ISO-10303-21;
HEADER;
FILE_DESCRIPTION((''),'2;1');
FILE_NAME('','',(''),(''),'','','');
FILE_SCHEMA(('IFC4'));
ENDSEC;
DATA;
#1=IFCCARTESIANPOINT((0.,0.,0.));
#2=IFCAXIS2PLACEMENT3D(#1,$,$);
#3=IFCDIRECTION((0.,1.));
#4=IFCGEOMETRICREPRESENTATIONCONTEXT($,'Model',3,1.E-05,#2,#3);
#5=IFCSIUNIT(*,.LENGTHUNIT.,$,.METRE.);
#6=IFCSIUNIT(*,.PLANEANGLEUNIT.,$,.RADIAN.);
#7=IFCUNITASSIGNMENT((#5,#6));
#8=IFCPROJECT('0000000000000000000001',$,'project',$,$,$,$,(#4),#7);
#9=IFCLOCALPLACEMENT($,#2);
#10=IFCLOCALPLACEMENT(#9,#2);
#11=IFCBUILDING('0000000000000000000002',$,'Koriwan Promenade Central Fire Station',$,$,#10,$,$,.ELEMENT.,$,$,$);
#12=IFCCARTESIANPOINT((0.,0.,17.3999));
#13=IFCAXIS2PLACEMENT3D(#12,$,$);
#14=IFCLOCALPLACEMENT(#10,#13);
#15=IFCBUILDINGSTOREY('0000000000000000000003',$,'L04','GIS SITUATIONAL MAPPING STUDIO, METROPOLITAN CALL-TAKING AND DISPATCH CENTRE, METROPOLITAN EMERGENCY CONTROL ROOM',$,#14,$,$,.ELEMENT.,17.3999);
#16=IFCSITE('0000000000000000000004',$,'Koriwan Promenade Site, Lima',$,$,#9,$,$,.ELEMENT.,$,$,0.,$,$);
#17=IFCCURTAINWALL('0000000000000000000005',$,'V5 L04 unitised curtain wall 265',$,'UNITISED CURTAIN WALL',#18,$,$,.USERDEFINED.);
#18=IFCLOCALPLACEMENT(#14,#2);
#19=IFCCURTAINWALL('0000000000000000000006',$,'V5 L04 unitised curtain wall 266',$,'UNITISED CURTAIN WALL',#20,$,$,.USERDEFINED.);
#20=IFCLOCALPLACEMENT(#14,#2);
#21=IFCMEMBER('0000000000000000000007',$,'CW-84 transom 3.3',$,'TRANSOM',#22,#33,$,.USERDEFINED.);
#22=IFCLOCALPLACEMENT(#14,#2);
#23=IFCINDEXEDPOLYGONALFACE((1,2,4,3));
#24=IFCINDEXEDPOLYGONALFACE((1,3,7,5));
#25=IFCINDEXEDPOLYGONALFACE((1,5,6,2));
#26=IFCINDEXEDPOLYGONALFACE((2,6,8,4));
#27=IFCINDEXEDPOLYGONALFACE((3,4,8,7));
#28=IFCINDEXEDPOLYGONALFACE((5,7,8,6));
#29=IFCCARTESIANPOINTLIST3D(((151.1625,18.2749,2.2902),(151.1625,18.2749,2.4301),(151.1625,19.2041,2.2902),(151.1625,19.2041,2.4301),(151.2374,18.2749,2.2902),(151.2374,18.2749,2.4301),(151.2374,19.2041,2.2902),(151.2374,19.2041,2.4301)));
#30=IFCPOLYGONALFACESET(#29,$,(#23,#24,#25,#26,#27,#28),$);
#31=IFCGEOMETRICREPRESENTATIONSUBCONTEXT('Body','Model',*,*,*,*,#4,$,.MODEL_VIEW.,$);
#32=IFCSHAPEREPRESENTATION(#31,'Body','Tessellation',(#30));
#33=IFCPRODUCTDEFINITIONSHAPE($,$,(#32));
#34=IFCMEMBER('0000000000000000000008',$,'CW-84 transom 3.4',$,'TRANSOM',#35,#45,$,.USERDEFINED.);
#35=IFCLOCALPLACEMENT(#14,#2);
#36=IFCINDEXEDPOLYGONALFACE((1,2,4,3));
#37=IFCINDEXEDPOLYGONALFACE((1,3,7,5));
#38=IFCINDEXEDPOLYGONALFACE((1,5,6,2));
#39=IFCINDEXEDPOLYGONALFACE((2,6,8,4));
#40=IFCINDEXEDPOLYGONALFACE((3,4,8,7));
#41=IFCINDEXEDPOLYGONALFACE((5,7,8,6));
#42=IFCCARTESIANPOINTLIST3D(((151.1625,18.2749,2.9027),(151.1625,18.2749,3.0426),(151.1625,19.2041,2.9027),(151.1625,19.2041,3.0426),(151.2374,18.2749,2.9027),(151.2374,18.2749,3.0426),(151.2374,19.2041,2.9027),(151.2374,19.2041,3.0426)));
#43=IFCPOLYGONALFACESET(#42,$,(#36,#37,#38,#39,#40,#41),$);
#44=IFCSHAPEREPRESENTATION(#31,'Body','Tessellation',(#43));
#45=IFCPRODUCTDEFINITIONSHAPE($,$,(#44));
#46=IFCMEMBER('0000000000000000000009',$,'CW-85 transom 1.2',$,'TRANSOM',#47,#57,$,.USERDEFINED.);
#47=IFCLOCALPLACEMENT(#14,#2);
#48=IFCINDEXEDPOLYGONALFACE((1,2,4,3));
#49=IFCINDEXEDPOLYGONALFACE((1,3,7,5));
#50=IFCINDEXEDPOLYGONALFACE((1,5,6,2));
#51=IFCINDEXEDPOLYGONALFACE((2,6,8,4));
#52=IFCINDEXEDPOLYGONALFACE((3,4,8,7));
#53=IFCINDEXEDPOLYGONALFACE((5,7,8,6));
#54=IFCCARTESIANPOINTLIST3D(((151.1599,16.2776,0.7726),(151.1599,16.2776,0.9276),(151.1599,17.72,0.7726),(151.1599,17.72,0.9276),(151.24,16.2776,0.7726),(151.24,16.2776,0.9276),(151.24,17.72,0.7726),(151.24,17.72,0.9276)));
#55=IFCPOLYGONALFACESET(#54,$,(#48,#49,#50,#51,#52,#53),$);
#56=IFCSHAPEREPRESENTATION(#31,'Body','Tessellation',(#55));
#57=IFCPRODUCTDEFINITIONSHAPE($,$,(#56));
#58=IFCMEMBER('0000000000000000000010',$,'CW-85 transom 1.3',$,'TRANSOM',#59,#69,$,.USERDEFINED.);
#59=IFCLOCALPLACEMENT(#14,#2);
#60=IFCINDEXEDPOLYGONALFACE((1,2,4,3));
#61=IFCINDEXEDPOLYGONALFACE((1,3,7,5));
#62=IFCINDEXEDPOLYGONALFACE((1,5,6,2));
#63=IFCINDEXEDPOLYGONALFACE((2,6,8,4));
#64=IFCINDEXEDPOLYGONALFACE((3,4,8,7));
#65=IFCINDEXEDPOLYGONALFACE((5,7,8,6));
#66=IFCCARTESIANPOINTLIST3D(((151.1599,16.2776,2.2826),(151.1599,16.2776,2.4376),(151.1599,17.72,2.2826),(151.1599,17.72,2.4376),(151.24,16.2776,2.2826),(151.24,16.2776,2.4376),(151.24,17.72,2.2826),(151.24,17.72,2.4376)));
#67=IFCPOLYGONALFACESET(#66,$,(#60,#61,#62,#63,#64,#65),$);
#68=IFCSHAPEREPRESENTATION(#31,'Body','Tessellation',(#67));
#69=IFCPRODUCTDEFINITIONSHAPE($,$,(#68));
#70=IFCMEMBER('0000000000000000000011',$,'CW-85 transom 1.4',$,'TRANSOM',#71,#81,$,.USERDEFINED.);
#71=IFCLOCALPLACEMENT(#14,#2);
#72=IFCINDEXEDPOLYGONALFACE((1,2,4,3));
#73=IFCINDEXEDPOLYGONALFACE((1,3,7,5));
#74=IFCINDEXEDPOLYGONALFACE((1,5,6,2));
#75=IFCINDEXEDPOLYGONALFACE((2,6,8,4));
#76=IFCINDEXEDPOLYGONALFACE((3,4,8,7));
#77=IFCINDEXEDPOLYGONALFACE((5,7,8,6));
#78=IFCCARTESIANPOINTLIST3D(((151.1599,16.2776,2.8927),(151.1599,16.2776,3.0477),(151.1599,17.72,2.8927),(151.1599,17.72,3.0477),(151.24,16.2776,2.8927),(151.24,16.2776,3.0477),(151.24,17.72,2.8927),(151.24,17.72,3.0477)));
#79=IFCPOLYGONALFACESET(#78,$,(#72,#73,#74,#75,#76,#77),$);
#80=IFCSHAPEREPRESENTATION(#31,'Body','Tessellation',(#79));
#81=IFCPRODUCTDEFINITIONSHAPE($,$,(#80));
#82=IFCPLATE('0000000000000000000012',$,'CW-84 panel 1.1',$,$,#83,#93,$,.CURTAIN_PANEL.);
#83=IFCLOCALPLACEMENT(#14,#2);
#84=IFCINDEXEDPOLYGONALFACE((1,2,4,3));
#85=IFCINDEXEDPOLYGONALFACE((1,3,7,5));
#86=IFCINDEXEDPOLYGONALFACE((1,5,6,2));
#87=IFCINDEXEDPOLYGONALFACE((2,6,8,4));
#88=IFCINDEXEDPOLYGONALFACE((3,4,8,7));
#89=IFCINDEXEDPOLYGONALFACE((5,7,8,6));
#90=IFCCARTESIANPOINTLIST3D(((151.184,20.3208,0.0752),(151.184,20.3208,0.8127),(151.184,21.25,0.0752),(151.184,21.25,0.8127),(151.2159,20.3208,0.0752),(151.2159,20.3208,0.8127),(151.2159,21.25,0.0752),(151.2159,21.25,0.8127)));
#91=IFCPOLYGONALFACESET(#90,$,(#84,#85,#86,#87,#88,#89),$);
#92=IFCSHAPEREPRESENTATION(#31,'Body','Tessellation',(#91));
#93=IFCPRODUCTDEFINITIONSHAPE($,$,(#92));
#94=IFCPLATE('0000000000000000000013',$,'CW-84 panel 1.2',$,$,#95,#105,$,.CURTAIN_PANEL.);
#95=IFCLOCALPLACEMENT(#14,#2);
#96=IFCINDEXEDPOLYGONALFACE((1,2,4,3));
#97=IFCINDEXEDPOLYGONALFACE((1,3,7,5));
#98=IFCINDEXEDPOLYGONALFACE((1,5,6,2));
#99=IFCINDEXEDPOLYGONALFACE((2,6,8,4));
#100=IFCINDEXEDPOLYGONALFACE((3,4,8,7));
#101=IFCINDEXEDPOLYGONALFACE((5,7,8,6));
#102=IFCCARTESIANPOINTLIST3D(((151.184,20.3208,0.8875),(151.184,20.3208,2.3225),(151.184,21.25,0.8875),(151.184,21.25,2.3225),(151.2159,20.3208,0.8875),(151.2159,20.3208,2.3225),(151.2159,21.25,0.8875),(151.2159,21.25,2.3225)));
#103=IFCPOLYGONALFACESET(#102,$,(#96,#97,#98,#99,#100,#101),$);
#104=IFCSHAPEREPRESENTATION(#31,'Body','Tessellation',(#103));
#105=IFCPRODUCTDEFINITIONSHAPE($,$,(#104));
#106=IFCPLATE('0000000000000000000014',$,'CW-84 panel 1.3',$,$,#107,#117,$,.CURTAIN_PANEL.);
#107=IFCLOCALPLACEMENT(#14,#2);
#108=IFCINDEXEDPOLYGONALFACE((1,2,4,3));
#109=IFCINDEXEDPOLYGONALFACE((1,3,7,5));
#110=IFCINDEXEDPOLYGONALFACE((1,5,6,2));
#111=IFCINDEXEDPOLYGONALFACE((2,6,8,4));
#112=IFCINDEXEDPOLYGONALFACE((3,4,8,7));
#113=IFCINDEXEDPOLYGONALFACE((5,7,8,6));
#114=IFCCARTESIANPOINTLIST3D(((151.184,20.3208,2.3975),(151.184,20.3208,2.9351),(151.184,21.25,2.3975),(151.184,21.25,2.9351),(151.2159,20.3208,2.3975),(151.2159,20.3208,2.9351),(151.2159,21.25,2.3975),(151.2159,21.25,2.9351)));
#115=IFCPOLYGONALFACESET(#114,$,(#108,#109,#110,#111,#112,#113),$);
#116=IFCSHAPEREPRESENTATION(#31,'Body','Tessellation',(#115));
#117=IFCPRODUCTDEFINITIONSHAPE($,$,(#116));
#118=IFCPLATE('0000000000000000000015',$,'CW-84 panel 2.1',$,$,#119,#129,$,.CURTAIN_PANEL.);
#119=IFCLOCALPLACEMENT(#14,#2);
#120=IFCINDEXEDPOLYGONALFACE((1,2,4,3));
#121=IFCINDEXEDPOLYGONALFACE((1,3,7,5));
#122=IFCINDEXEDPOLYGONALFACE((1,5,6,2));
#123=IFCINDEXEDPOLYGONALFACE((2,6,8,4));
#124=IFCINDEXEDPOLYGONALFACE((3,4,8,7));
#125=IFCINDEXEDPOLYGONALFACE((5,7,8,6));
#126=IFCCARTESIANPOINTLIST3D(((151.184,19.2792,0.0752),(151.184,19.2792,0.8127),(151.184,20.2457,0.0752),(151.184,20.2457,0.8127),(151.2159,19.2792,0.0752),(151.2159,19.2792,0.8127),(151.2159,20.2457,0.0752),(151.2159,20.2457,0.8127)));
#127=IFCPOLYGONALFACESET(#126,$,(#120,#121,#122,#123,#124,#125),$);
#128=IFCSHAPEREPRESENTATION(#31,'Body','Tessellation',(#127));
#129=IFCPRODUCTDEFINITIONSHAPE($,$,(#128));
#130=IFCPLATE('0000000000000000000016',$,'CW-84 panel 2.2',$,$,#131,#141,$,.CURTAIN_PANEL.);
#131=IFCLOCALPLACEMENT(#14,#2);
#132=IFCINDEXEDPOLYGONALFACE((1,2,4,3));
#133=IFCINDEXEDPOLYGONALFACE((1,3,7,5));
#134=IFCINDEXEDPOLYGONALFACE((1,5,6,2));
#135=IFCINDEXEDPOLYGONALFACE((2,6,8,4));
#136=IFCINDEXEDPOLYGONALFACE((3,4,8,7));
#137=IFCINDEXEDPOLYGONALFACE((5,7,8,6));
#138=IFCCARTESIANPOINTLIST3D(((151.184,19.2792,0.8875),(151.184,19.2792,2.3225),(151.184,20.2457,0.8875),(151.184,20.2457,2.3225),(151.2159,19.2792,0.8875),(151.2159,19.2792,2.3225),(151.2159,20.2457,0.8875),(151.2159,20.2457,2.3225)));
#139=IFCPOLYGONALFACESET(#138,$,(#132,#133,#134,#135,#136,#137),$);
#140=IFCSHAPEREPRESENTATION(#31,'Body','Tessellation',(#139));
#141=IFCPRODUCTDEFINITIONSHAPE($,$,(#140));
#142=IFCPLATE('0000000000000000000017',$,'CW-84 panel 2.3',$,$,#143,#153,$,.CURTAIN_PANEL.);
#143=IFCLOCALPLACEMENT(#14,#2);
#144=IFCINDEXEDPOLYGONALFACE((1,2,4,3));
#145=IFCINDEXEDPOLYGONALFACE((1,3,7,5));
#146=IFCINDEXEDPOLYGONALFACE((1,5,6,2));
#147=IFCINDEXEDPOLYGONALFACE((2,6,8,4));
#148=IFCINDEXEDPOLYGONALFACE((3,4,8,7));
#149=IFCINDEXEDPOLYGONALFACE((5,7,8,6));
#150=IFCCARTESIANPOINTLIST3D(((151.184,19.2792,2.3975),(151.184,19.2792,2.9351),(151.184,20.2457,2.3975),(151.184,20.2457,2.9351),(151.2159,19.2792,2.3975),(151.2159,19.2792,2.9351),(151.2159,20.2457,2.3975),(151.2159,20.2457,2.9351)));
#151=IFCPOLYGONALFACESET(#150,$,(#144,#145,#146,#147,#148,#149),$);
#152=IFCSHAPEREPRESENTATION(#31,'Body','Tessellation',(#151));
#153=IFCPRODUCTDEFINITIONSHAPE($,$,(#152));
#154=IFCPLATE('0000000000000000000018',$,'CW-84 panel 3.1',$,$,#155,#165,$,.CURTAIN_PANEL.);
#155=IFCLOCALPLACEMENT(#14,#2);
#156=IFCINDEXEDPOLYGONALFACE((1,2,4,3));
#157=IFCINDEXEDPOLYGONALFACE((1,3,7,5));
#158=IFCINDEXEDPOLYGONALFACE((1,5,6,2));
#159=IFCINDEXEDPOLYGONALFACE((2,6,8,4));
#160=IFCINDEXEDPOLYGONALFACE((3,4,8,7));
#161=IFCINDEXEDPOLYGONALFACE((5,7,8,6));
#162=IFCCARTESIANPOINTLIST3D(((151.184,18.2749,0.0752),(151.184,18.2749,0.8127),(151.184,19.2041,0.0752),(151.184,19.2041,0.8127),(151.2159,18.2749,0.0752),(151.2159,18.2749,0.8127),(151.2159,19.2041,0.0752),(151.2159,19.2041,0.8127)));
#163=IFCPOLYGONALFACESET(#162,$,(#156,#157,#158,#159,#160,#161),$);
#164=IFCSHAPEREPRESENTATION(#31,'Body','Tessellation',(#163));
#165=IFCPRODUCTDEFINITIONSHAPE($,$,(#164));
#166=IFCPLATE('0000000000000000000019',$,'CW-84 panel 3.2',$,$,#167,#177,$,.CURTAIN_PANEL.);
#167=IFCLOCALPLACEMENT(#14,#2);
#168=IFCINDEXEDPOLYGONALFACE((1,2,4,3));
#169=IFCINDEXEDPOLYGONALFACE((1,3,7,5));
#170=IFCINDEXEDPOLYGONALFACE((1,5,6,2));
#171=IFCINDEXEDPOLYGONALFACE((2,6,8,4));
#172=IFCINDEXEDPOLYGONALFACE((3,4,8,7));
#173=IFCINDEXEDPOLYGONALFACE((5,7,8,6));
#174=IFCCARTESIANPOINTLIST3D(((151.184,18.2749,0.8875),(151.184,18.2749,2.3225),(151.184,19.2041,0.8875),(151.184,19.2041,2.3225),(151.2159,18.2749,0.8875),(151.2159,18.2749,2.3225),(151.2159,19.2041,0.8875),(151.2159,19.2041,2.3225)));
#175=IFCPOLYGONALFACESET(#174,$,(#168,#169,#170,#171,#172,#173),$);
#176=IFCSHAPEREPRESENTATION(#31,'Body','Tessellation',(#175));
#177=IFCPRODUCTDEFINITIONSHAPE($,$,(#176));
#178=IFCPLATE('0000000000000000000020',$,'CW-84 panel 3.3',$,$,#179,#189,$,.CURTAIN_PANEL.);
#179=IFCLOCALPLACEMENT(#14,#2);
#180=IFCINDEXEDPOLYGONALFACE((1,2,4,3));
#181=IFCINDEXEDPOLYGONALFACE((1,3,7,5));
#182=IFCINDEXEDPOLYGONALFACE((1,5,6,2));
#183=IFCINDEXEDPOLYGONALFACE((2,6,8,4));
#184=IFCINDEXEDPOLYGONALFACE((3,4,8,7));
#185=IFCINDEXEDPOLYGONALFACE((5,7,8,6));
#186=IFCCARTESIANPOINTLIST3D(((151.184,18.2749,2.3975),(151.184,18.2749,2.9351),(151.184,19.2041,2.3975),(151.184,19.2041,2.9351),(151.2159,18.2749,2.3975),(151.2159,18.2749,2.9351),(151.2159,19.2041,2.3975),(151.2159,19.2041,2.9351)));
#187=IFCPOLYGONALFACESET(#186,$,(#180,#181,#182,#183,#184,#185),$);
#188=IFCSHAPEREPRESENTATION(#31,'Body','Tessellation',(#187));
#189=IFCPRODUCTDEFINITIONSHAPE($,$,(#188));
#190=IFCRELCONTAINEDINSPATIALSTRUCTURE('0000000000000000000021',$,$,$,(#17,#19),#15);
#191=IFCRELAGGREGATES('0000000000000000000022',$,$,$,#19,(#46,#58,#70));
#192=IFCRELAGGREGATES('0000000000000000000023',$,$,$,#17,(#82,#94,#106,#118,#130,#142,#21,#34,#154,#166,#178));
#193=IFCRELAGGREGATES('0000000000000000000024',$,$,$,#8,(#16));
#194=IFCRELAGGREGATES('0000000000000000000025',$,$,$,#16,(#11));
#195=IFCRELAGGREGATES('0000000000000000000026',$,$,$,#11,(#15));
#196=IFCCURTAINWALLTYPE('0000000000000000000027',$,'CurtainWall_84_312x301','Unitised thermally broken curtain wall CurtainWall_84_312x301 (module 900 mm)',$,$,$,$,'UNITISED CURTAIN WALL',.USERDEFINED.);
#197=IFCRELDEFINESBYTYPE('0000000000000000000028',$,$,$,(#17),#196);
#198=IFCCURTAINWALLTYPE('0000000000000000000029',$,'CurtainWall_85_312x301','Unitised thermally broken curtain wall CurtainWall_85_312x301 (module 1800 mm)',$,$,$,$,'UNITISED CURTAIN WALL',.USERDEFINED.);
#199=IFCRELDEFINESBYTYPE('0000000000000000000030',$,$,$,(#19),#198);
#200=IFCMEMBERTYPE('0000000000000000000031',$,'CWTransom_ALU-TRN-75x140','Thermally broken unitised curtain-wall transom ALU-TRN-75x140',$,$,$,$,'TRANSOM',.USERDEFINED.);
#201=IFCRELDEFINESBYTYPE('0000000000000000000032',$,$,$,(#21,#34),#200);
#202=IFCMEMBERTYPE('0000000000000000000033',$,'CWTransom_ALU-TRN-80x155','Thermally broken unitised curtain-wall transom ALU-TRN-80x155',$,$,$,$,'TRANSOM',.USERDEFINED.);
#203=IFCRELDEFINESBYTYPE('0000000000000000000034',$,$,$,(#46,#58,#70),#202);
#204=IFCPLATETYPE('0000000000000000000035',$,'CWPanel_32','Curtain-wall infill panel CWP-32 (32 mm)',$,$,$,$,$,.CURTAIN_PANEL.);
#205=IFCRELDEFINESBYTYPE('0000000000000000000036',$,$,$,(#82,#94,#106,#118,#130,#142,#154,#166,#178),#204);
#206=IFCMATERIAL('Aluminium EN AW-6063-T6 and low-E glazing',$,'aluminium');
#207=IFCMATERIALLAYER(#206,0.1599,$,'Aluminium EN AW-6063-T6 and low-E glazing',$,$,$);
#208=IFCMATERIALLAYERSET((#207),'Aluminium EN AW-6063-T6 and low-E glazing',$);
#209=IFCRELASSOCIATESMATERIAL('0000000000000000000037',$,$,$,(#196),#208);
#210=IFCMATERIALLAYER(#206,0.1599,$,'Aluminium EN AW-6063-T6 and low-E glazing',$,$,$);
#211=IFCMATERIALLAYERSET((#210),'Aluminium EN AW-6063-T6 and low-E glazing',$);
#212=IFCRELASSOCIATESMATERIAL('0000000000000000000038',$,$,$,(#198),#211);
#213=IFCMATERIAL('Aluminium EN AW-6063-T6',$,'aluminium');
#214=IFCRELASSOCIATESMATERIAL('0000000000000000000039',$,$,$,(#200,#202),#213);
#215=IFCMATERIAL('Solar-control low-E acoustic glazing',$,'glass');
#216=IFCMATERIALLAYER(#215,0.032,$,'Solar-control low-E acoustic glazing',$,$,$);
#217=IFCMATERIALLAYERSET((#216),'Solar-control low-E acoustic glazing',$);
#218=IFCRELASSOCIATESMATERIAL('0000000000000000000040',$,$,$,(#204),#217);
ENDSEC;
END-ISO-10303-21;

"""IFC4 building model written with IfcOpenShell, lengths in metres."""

from ifc_helpers import new_model, si_unit, direction, frame, origin, origin_2d, place, context, subcontext, project, spatial, rectangle, extrude, material, layer, layer_set, material_profile, profile_set, type_object, element, aggregate, save


model = new_model("IFC4")

# Units and contexts
model_context = context("Model", 3, precision=1e-05, world=origin(), true_north=direction((0.0, 1.0)))
body_context = subcontext(model_context, "Body", "Model", "MODEL_VIEW")
ifc_project = project(units=[si_unit("LENGTHUNIT", "METRE"), si_unit("PLANEANGLEUNIT", "RADIAN")], contexts=[model_context])

# Site, building, storey
site_placement = place(None, origin())
site = spatial("IfcSite", under=ifc_project, at=site_placement, Name="Koriwan Promenade Site, Lima", CompositionType="ELEMENT", RefElevation=0.0)
building_placement = place(site_placement, origin())
building = spatial("IfcBuilding", under=site, at=building_placement, Name="Koriwan Promenade Central Fire Station", CompositionType="ELEMENT")
storey_placement = place(building_placement, frame((0.0, 0.0, 17.3999)))
storey = spatial("IfcBuildingStorey", under=building, at=storey_placement, Name="L04", Description="GIS SITUATIONAL MAPPING STUDIO, METROPOLITAN CALL-TAKING AND DISPATCH CENTRE, METROPOLITAN EMERGENCY CONTROL ROOM", CompositionType="ELEMENT", Elevation=17.3999)

# Curtain wall
ifc_material_1 = material(Name="Aluminium EN AW-6063-T6 and low-E glazing", Category="aluminium")
ifc_layer_1 = layer(ifc_material_1, 0.1599, Name="Aluminium EN AW-6063-T6 and low-E glazing")
ifc_layer_set_1 = layer_set([ifc_layer_1], Name="Aluminium EN AW-6063-T6 and low-E glazing")
curtain_wall_type_1 = type_object("IfcCurtainWallType", Name="CurtainWall_84_312x301", Description="Unitised thermally broken curtain wall CurtainWall_84_312x301 (module 900 mm)", ElementType="UNITISED CURTAIN WALL", PredefinedType="USERDEFINED", material=ifc_layer_set_1)
curtain_wall_1_placement = place(storey_placement, origin())
curtain_wall_1 = element("IfcCurtainWall", 1, at=curtain_wall_1_placement, inside=storey, type_object=curtain_wall_type_1, Name="V5 L04 unitised curtain wall 265", ObjectType="UNITISED CURTAIN WALL", PredefinedType="USERDEFINED")
ifc_material_2 = material(Name="Aluminium EN AW-6063-T6", Category="aluminium")

# Curtain wall
ifc_layer_2 = layer(ifc_material_1, 0.1599, Name="Aluminium EN AW-6063-T6 and low-E glazing")
ifc_layer_set_2 = layer_set([ifc_layer_2], Name="Aluminium EN AW-6063-T6 and low-E glazing")
curtain_wall_type_2 = type_object("IfcCurtainWallType", Name="CurtainWall_85_312x301", Description="Unitised thermally broken curtain wall CurtainWall_85_312x301 (module 1800 mm)", ElementType="UNITISED CURTAIN WALL", PredefinedType="USERDEFINED", material=ifc_layer_set_2)
curtain_wall_2_placement = place(storey_placement, origin())
curtain_wall_2 = element("IfcCurtainWall", 2, at=curtain_wall_2_placement, inside=storey, type_object=curtain_wall_type_2, Name="V5 L04 unitised curtain wall 266", ObjectType="UNITISED CURTAIN WALL", PredefinedType="USERDEFINED")

# Members
ifc_material_profile_1 = material_profile(ifc_material_2, rectangle(XDim=0.075, YDim=0.1399, at=origin_2d()), Name="ALU-TRN-75x140")
ifc_profile_set_1 = profile_set([ifc_material_profile_1], Name="Aluminium EN AW-6063-T6")
member_type_1 = type_object("IfcMemberType", Name="CWTransom_ALU-TRN-75x140", Description="Thermally broken unitised curtain-wall transom ALU-TRN-75x140", ElementType="TRANSOM", PredefinedType="USERDEFINED", material=ifc_profile_set_1)
member_1_placement = place(storey_placement, frame((151.2, 19.2041, 2.3601), z_axis=(0.0, -1.0, 0.0), x_axis=(1.0, 0.0, 0.0)))
member_1 = element("IfcMember", 3, at=member_1_placement, type_object=member_type_1, Name="CW-84 transom 3.3", ObjectType="TRANSOM", PredefinedType="USERDEFINED", context=body_context, shape_type="SweptSolid", body=[
    extrude(rectangle(XDim=0.075, YDim=0.1399, at=origin_2d()), origin(), (0.0, 0.0, 1.0), 0.9292),
])
member_2_placement = place(storey_placement, frame((151.2, 19.2041, 2.9727), z_axis=(0.0, -1.0, 0.0), x_axis=(1.0, 0.0, 0.0)))
member_2 = element("IfcMember", 4, at=member_2_placement, type_object=member_type_1, Name="CW-84 transom 3.4", ObjectType="TRANSOM", PredefinedType="USERDEFINED", context=body_context, shape_type="SweptSolid", body=[
    extrude(rectangle(XDim=0.075, YDim=0.1399, at=origin_2d()), origin(), (0.0, 0.0, 1.0), 0.9292),
])
ifc_material_profile_2 = material_profile(ifc_material_2, rectangle(XDim=0.0801, YDim=0.155, at=origin_2d()), Name="ALU-TRN-80x155")
ifc_profile_set_2 = profile_set([ifc_material_profile_2], Name="Aluminium EN AW-6063-T6")
member_type_2 = type_object("IfcMemberType", Name="CWTransom_ALU-TRN-80x155", Description="Thermally broken unitised curtain-wall transom ALU-TRN-80x155", ElementType="TRANSOM", PredefinedType="USERDEFINED", material=ifc_profile_set_2)
member_3_placement = place(storey_placement, frame((151.2, 17.72, 0.8501), z_axis=(0.0, -1.0, 0.0), x_axis=(1.0, 0.0, 0.0)))
member_3 = element("IfcMember", 5, at=member_3_placement, type_object=member_type_2, Name="CW-85 transom 1.2", ObjectType="TRANSOM", PredefinedType="USERDEFINED", context=body_context, shape_type="SweptSolid", body=[
    extrude(rectangle(XDim=0.0801, YDim=0.155, at=origin_2d()), origin(), (0.0, 0.0, 1.0), 1.4424),
])
member_4_placement = place(storey_placement, frame((151.2, 17.72, 2.3601), z_axis=(0.0, -1.0, 0.0), x_axis=(1.0, 0.0, 0.0)))
member_4 = element("IfcMember", 6, at=member_4_placement, type_object=member_type_2, Name="CW-85 transom 1.3", ObjectType="TRANSOM", PredefinedType="USERDEFINED", context=body_context, shape_type="SweptSolid", body=[
    extrude(rectangle(XDim=0.0801, YDim=0.155, at=origin_2d()), origin(), (0.0, 0.0, 1.0), 1.4424),
])
member_5_placement = place(storey_placement, frame((151.2, 17.72, 2.9702), z_axis=(0.0, -1.0, 0.0), x_axis=(1.0, 0.0, 0.0)))
member_5 = element("IfcMember", 7, at=member_5_placement, type_object=member_type_2, Name="CW-85 transom 1.4", ObjectType="TRANSOM", PredefinedType="USERDEFINED", context=body_context, shape_type="SweptSolid", body=[
    extrude(rectangle(XDim=0.0801, YDim=0.155, at=origin_2d()), origin(), (0.0, 0.0, 1.0), 1.4424),
])
aggregate(curtain_wall_2, [member_3, member_4, member_5])

# Plates
ifc_material_3 = material(Name="Solar-control low-E acoustic glazing", Category="glass")
ifc_layer_3 = layer(ifc_material_3, 0.032, Name="Solar-control low-E acoustic glazing")
ifc_layer_set_3 = layer_set([ifc_layer_3], Name="Solar-control low-E acoustic glazing")
plate_type = type_object("IfcPlateType", Name="CWPanel_32", Description="Curtain-wall infill panel CWP-32 (32 mm)", PredefinedType="CURTAIN_PANEL", material=ifc_layer_set_3)
plate_1_placement = place(storey_placement, frame((151.2, 20.7854, 0.0752), z_axis=(0.0, 0.0, 1.0), x_axis=(0.0, -1.0, 0.0)))
plate_1 = element("IfcPlate", 8, at=plate_1_placement, type_object=plate_type, Name="CW-84 panel 1.1", PredefinedType="CURTAIN_PANEL", context=body_context, shape_type="SweptSolid", body=[
    extrude(rectangle(XDim=0.9292, YDim=0.032, at=origin_2d()), origin(), (0.0, 0.0, 1.0), 0.7375),
])
plate_2_placement = place(storey_placement, frame((151.2, 20.7854, 0.8875), z_axis=(0.0, 0.0, 1.0), x_axis=(0.0, -1.0, 0.0)))
plate_2 = element("IfcPlate", 9, at=plate_2_placement, type_object=plate_type, Name="CW-84 panel 1.2", PredefinedType="CURTAIN_PANEL", context=body_context, shape_type="SweptSolid", body=[
    extrude(rectangle(XDim=0.9292, YDim=0.032, at=origin_2d()), origin(), (0.0, 0.0, 1.0), 1.4351),
])
plate_3_placement = place(storey_placement, frame((151.2, 20.7854, 2.3975), z_axis=(0.0, 0.0, 1.0), x_axis=(0.0, -1.0, 0.0)))
plate_3 = element("IfcPlate", 10, at=plate_3_placement, type_object=plate_type, Name="CW-84 panel 1.3", PredefinedType="CURTAIN_PANEL", context=body_context, shape_type="SweptSolid", body=[
    extrude(rectangle(XDim=0.9292, YDim=0.032, at=origin_2d()), origin(), (0.0, 0.0, 1.0), 0.5376),
])
plate_4_placement = place(storey_placement, frame((151.2, 19.7625, 0.0752), z_axis=(0.0, 0.0, 1.0), x_axis=(0.0, -1.0, 0.0)))
plate_4 = element("IfcPlate", 11, at=plate_4_placement, type_object=plate_type, Name="CW-84 panel 2.1", PredefinedType="CURTAIN_PANEL", context=body_context, shape_type="SweptSolid", body=[
    extrude(rectangle(XDim=0.9666, YDim=0.032, at=origin_2d()), origin(), (0.0, 0.0, 1.0), 0.7375),
])
plate_5_placement = place(storey_placement, frame((151.2, 19.7625, 0.8875), z_axis=(0.0, 0.0, 1.0), x_axis=(0.0, -1.0, 0.0)))
plate_5 = element("IfcPlate", 12, at=plate_5_placement, type_object=plate_type, Name="CW-84 panel 2.2", PredefinedType="CURTAIN_PANEL", context=body_context, shape_type="SweptSolid", body=[
    extrude(rectangle(XDim=0.9666, YDim=0.032, at=origin_2d()), origin(), (0.0, 0.0, 1.0), 1.4351),
])
plate_6_placement = place(storey_placement, frame((151.2, 19.7625, 2.3975), z_axis=(0.0, 0.0, 1.0), x_axis=(0.0, -1.0, 0.0)))
plate_6 = element("IfcPlate", 13, at=plate_6_placement, type_object=plate_type, Name="CW-84 panel 2.3", PredefinedType="CURTAIN_PANEL", context=body_context, shape_type="SweptSolid", body=[
    extrude(rectangle(XDim=0.9666, YDim=0.032, at=origin_2d()), origin(), (0.0, 0.0, 1.0), 0.5376),
])
plate_7_placement = place(storey_placement, frame((151.2, 18.7395, 0.0752), z_axis=(0.0, 0.0, 1.0), x_axis=(0.0, -1.0, 0.0)))
plate_7 = element("IfcPlate", 14, at=plate_7_placement, type_object=plate_type, Name="CW-84 panel 3.1", PredefinedType="CURTAIN_PANEL", context=body_context, shape_type="SweptSolid", body=[
    extrude(rectangle(XDim=0.9292, YDim=0.032, at=origin_2d()), origin(), (0.0, 0.0, 1.0), 0.7375),
])
plate_8_placement = place(storey_placement, frame((151.2, 18.7395, 0.8875), z_axis=(0.0, 0.0, 1.0), x_axis=(0.0, -1.0, 0.0)))
plate_8 = element("IfcPlate", 15, at=plate_8_placement, type_object=plate_type, Name="CW-84 panel 3.2", PredefinedType="CURTAIN_PANEL", context=body_context, shape_type="SweptSolid", body=[
    extrude(rectangle(XDim=0.9292, YDim=0.032, at=origin_2d()), origin(), (0.0, 0.0, 1.0), 1.4351),
])
plate_9_placement = place(storey_placement, frame((151.2, 18.7395, 2.3975), z_axis=(0.0, 0.0, 1.0), x_axis=(0.0, -1.0, 0.0)))
plate_9 = element("IfcPlate", 16, at=plate_9_placement, type_object=plate_type, Name="CW-84 panel 3.3", PredefinedType="CURTAIN_PANEL", context=body_context, shape_type="SweptSolid", body=[
    extrude(rectangle(XDim=0.9292, YDim=0.032, at=origin_2d()), origin(), (0.0, 0.0, 1.0), 0.5376),
])
aggregate(curtain_wall_1, [plate_1, plate_2, plate_3, plate_4, plate_5, plate_6, member_1, member_2, plate_7, plate_8, plate_9])

save(model, "model.ifc")
